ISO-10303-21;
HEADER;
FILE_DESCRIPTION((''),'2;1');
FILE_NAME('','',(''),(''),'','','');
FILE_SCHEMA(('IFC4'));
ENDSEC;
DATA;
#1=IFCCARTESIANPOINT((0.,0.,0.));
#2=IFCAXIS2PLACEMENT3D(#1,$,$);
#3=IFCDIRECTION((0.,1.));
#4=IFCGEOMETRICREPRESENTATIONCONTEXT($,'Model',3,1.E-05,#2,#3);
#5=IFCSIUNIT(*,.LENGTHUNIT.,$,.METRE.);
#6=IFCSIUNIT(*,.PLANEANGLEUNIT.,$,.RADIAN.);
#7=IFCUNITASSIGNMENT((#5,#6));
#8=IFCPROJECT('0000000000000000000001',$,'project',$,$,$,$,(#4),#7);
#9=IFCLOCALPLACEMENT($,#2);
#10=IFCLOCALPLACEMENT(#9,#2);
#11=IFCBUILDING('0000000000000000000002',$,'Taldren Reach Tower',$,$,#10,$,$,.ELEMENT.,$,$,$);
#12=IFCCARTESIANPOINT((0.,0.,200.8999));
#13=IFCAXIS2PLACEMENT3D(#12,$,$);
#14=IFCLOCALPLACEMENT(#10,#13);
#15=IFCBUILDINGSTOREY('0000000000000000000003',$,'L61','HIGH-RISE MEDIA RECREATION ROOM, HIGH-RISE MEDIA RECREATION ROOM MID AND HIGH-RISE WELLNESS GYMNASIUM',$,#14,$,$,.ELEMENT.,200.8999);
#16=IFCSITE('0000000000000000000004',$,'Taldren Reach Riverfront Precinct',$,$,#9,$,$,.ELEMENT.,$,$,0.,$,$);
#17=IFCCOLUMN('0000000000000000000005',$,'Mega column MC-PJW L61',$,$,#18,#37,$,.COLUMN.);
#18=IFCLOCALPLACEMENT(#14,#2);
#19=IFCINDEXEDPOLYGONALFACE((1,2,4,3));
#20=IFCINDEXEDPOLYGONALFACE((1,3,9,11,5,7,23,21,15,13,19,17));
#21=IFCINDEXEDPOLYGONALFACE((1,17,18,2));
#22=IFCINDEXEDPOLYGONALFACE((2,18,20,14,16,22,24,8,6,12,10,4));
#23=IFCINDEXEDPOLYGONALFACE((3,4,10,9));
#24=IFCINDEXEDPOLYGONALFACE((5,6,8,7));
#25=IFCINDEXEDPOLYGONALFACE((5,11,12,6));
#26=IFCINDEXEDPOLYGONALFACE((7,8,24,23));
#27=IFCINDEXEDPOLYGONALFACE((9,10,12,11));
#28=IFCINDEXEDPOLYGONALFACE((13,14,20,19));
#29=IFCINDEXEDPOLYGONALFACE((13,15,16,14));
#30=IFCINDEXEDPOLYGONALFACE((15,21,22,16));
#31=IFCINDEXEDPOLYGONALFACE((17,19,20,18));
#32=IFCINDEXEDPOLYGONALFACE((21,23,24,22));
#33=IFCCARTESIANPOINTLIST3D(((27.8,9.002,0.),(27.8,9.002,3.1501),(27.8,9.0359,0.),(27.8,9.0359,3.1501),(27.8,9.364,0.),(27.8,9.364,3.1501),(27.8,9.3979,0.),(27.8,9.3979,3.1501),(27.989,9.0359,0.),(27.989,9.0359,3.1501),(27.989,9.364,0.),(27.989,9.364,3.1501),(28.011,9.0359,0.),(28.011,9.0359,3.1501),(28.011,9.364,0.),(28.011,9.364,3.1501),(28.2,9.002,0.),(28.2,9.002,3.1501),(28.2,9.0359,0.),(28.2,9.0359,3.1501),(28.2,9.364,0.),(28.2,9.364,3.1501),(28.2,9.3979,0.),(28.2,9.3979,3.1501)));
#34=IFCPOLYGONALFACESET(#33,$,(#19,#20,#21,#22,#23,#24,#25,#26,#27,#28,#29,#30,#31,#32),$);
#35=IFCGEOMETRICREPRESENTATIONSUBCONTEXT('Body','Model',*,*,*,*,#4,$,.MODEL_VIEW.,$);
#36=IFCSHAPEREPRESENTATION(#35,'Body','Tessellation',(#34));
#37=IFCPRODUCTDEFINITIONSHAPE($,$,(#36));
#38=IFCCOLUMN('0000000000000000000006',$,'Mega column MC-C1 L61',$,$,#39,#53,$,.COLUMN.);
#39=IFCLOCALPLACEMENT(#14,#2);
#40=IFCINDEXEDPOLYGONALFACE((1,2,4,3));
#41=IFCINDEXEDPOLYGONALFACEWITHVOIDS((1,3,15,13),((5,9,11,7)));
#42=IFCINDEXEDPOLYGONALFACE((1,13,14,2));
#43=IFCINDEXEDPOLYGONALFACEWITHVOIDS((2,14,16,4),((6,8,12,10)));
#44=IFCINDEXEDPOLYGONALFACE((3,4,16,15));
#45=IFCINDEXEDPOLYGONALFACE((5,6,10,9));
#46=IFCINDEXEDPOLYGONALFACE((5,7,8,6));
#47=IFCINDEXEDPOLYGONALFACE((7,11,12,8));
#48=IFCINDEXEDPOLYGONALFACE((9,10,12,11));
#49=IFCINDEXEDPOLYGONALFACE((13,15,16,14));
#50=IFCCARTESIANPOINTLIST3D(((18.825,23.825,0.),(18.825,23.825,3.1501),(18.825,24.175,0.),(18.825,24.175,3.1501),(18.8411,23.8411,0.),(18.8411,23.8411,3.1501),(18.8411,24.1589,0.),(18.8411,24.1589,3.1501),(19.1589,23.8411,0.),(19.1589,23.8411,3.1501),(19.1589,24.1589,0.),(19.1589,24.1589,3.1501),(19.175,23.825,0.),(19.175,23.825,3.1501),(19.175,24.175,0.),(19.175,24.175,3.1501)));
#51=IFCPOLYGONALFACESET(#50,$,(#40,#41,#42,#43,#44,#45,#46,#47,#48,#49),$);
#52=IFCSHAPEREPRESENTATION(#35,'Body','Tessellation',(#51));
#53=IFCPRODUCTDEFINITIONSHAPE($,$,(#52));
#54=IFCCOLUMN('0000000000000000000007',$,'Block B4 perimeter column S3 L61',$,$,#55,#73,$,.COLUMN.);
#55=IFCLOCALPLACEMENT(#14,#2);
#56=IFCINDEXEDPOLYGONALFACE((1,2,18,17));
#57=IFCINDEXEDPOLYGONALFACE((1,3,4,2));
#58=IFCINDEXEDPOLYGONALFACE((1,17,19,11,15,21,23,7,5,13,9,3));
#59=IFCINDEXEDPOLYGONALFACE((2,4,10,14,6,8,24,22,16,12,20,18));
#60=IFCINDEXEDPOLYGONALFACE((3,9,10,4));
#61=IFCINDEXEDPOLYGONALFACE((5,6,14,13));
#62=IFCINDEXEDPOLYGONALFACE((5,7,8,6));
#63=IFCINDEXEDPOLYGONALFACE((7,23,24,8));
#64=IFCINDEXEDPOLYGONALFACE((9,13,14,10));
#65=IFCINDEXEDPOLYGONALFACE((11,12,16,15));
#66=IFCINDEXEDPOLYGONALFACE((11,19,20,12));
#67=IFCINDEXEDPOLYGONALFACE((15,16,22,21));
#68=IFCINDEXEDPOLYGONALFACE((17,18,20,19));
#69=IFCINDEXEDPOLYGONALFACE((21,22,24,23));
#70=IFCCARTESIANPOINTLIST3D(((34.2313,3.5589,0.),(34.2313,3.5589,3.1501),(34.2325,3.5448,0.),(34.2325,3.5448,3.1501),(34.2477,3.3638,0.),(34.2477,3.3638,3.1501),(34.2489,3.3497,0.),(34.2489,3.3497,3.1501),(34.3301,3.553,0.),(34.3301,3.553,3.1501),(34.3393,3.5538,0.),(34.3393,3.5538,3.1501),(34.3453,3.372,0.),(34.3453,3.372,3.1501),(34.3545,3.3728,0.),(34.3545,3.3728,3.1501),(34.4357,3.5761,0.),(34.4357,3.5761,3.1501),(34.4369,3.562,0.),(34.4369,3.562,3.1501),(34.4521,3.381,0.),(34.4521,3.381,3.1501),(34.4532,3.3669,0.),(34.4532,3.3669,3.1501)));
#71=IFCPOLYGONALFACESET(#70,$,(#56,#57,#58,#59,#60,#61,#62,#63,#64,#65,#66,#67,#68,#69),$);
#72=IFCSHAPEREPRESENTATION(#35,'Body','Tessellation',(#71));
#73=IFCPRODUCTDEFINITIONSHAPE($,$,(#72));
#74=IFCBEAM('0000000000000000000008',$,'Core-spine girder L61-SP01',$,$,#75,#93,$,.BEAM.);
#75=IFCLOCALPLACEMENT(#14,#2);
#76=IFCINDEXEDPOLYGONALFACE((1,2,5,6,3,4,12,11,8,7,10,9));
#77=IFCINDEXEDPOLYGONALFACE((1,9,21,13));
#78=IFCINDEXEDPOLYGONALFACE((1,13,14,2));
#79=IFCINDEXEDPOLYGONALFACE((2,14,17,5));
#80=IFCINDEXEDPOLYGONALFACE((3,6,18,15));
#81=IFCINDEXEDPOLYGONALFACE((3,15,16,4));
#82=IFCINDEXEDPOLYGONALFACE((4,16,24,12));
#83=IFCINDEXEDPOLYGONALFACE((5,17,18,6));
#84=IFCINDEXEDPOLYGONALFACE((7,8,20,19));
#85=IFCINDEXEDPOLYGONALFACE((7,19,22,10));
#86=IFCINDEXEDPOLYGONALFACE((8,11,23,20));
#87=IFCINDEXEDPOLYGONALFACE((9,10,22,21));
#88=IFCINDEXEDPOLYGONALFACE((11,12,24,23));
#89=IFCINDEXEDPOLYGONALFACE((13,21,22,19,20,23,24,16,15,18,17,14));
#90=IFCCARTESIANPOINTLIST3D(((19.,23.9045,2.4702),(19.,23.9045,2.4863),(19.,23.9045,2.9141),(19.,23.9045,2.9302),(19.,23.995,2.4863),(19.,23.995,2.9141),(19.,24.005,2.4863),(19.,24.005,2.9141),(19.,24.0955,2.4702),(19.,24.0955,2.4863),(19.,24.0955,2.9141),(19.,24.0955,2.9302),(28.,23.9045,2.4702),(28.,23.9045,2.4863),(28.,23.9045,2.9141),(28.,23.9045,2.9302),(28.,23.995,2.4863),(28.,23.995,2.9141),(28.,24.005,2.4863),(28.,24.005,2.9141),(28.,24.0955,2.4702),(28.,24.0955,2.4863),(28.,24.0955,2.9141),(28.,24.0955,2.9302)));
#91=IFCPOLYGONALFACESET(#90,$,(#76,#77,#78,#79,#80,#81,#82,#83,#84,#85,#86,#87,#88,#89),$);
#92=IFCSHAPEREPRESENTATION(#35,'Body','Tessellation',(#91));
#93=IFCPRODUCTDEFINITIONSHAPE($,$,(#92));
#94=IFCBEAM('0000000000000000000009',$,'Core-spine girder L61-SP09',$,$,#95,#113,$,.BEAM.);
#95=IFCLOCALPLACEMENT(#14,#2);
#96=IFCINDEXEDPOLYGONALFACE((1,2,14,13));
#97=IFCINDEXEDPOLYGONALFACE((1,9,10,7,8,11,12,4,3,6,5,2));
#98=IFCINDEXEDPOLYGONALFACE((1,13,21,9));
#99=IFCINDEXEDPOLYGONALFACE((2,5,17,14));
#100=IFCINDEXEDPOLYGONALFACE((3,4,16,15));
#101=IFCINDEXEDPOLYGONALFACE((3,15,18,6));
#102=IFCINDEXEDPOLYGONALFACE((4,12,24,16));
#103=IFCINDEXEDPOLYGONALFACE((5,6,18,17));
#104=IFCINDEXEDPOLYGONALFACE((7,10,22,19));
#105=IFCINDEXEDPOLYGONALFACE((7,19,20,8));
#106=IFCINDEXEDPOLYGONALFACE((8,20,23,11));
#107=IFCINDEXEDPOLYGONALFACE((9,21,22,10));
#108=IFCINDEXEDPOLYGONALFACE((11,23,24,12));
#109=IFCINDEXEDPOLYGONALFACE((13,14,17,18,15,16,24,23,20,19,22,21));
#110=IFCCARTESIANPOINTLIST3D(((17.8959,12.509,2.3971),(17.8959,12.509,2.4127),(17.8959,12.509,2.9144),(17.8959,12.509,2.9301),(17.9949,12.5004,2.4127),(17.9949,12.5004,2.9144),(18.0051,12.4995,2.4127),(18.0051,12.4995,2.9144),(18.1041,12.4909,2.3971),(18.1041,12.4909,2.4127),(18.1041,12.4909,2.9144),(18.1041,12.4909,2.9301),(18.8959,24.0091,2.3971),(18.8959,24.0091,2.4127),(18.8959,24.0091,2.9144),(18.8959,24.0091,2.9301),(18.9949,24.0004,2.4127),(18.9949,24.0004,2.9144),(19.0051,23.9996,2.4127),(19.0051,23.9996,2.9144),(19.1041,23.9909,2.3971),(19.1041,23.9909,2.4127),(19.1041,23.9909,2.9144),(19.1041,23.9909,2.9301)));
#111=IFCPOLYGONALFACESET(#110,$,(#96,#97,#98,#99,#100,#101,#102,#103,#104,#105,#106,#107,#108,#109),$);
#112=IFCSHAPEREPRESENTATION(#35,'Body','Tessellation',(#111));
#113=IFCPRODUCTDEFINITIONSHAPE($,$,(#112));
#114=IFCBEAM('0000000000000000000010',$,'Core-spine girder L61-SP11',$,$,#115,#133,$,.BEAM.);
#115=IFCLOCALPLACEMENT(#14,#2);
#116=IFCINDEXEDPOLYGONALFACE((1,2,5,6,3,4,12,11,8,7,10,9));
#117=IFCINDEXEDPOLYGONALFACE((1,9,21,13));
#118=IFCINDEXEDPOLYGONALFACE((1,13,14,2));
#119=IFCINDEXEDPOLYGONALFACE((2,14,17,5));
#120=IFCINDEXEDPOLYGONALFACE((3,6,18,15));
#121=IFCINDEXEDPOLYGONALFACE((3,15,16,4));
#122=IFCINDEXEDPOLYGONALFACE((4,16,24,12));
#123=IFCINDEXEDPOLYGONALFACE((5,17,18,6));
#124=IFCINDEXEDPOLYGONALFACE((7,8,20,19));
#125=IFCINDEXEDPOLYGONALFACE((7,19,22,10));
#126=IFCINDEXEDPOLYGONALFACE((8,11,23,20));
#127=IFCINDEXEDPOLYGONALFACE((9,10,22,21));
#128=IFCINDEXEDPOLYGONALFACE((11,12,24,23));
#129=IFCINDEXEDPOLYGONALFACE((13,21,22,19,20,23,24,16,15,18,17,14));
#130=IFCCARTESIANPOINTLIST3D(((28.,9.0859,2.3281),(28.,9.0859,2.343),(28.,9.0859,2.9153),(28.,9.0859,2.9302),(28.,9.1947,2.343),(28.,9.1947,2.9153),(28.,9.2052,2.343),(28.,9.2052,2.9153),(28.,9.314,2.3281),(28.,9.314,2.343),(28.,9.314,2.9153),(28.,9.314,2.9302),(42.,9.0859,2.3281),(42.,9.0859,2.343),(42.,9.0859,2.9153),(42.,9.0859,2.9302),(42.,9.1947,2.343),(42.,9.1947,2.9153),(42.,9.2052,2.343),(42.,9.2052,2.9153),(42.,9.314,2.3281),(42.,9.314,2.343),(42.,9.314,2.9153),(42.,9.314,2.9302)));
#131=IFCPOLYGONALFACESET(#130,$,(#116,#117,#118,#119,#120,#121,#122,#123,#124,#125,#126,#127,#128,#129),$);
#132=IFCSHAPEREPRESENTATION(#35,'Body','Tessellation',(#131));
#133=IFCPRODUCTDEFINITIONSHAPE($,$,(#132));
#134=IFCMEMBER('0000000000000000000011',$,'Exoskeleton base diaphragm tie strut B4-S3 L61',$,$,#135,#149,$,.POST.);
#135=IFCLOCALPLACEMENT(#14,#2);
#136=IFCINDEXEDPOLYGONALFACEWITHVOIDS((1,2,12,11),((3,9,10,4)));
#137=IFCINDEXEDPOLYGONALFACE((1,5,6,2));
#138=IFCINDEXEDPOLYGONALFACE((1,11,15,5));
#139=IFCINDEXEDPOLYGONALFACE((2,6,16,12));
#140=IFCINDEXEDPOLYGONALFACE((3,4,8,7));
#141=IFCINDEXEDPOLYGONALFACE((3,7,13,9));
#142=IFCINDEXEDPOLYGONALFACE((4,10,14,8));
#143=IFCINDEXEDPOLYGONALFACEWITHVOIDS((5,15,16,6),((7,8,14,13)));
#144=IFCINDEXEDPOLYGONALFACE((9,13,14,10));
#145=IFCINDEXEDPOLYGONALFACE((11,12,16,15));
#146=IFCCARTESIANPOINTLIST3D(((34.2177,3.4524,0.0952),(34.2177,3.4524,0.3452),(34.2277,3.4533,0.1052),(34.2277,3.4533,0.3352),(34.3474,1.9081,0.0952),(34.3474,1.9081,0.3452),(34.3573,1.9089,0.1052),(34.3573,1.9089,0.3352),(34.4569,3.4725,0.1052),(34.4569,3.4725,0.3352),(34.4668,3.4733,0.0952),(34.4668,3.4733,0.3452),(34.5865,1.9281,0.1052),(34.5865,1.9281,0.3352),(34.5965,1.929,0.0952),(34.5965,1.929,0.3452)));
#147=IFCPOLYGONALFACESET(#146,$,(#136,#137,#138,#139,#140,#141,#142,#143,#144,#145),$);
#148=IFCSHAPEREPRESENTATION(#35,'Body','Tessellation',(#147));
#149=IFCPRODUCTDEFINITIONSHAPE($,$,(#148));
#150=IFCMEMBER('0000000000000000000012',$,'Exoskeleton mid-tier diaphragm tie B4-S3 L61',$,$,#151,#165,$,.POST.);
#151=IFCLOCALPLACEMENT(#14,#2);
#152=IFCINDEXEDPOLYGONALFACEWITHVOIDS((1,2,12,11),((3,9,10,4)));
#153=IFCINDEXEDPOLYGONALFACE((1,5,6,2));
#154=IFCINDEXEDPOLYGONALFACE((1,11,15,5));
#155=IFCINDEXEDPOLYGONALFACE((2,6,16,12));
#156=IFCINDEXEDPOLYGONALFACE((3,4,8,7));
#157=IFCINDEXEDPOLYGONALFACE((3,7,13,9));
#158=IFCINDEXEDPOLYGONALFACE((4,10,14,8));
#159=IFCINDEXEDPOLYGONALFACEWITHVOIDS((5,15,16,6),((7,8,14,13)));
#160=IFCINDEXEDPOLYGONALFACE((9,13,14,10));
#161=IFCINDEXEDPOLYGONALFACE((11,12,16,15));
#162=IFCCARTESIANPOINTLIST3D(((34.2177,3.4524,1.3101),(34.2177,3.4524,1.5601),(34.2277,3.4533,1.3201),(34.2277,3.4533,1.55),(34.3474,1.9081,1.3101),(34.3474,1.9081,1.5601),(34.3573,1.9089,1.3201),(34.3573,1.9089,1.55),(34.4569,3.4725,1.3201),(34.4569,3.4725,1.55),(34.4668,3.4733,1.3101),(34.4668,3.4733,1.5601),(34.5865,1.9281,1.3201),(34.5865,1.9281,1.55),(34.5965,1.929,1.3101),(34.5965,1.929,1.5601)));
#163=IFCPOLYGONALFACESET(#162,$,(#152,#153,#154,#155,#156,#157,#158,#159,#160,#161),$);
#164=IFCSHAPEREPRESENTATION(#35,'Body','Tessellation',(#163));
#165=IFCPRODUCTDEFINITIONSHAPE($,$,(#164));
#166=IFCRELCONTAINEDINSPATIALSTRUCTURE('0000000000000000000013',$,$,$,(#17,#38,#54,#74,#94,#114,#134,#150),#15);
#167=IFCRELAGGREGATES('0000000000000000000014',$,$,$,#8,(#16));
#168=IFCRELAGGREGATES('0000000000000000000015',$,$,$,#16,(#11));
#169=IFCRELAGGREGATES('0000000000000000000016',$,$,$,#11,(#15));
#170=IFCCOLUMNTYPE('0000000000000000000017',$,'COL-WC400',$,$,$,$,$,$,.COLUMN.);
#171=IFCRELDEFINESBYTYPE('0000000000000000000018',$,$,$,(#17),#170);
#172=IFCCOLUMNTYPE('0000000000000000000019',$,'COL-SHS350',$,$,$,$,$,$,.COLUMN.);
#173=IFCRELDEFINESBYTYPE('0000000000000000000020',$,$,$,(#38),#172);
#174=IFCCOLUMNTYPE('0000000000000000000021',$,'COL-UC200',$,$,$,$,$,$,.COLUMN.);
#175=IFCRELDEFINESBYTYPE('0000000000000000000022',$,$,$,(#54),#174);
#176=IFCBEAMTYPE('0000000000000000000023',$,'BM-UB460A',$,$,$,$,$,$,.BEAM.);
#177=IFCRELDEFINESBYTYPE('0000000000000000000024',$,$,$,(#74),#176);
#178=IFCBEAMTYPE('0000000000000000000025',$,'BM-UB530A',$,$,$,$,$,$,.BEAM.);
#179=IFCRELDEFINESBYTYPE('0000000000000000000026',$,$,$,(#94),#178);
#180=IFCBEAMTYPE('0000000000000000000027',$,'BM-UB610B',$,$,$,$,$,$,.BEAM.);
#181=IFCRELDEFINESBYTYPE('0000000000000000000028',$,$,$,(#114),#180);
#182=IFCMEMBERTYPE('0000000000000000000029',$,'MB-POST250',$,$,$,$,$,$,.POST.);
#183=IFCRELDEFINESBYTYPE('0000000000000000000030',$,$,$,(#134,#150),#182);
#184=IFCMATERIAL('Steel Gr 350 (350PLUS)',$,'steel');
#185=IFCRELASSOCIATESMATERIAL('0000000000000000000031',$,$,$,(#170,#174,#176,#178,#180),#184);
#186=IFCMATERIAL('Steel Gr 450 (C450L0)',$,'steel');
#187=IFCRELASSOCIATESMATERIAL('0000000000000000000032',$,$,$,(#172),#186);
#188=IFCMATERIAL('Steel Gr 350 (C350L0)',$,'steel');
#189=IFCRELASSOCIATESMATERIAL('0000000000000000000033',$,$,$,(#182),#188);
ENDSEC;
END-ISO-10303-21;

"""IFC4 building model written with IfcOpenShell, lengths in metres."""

from ifc_helpers import new_model, si_unit, direction, frame, origin, origin_2d, place, context, subcontext, project, spatial, hollow_rectangle, i_section, extrude, source, transform, mapped, material, material_profile, profile_set, type_object, element, save


model = new_model("IFC4")

# Units and contexts
model_context = context("Model", 3, precision=1e-05, world=origin(), true_north=direction((0.0, 1.0)))
body_context = subcontext(model_context, "Body", "Model", "MODEL_VIEW")
ifc_project = project(units=[si_unit("LENGTHUNIT", "METRE"), si_unit("PLANEANGLEUNIT", "RADIAN")], contexts=[model_context])

# Site, building, storey
site_placement = place(None, origin())
site = spatial("IfcSite", under=ifc_project, at=site_placement, Name="Taldren Reach Riverfront Precinct", CompositionType="ELEMENT", RefElevation=0.0)
building_placement = place(site_placement, origin())
building = spatial("IfcBuilding", under=site, at=building_placement, Name="Taldren Reach Tower", CompositionType="ELEMENT")
storey_placement = place(building_placement, frame((0.0, 0.0, 200.8999)))
storey = spatial("IfcBuildingStorey", under=building, at=storey_placement, Name="L61", Description="HIGH-RISE MEDIA RECREATION ROOM, HIGH-RISE MEDIA RECREATION ROOM MID AND HIGH-RISE WELLNESS GYMNASIUM", CompositionType="ELEMENT", Elevation=200.8999)

# Columns
ifc_material_1 = material(Name="Steel Gr 350 (350PLUS)", Category="steel")
ifc_material_profile_1 = material_profile(ifc_material_1, i_section(OverallWidth=0.3999, OverallDepth=0.396, WebThickness=0.022, FlangeThickness=0.0339, at=origin_2d()), Name="400WC270")
ifc_profile_set_1 = profile_set([ifc_material_profile_1], Name="Steel Gr 350 (350PLUS)")
column_type_1 = type_object("IfcColumnType", Name="COL-WC400", PredefinedType="COLUMN", material=ifc_profile_set_1)
shared_shape_1 = source(origin(), body_context, "Body", "SweptSolid", [
    extrude(i_section(OverallWidth=0.3999, OverallDepth=0.396, WebThickness=0.022, FlangeThickness=0.0339, at=origin_2d()), origin(), (0.0, 0.0, 1.0), 3.1501),
])
column_1_placement = place(storey_placement, frame((28.0, 9.2, 0.0), z_axis=(0.0, 0.0, 1.0), x_axis=(1.0, 0.0, 0.0)))
element("IfcColumn", 1, at=column_1_placement, inside=storey, type_object=column_type_1, Name="Mega column MC-PJW L61", PredefinedType="COLUMN", context=body_context, shape_type="MappedRepresentation", body=[
    mapped(shared_shape_1, transform((0.0, 0.0, 0.0), scale=1.0)),
])
ifc_material_2 = material(Name="Steel Gr 450 (C450L0)", Category="steel")
ifc_material_profile_2 = material_profile(ifc_material_2, hollow_rectangle(XDim=0.3501, YDim=0.3501, WallThickness=0.0161, at=origin_2d()), Name="350x350x16.0SHS")
ifc_profile_set_2 = profile_set([ifc_material_profile_2], Name="Steel Gr 450 (C450L0)")
column_type_2 = type_object("IfcColumnType", Name="COL-SHS350", PredefinedType="COLUMN", material=ifc_profile_set_2)
shared_shape_2 = source(origin(), body_context, "Body", "SweptSolid", [
    extrude(hollow_rectangle(XDim=0.3501, YDim=0.3501, WallThickness=0.0161, at=origin_2d()), origin(), (0.0, 0.0, 1.0), 3.1501),
])
column_2_placement = place(storey_placement, frame((19.0, 24.0, 0.0), z_axis=(0.0, 0.0, 1.0), x_axis=(1.0, 0.0, 0.0)))
element("IfcColumn", 2, at=column_2_placement, inside=storey, type_object=column_type_2, Name="Mega column MC-C1 L61", PredefinedType="COLUMN", context=body_context, shape_type="MappedRepresentation", body=[
    mapped(shared_shape_2, transform((0.0, 0.0, 0.0), scale=1.0)),
])
ifc_material_profile_3 = material_profile(ifc_material_1, i_section(OverallWidth=0.2051, OverallDepth=0.21, WebThickness=0.0093, FlangeThickness=0.0142, at=origin_2d()), Name="200UC59.5")
ifc_profile_set_3 = profile_set([ifc_material_profile_3], Name="Steel Gr 350 (350PLUS)")
column_type_3 = type_object("IfcColumnType", Name="COL-UC200", PredefinedType="COLUMN", material=ifc_profile_set_3)
shared_shape_3 = source(origin(), body_context, "Body", "SweptSolid", [
    extrude(i_section(OverallWidth=0.2051, OverallDepth=0.21, WebThickness=0.0093, FlangeThickness=0.0142, at=origin_2d()), origin(), (0.0, 0.0, 1.0), 3.1501),
])
column_3_placement = place(storey_placement, frame((34.3423, 3.4629, 0.0), z_axis=(0.0, 0.0, 1.0), x_axis=(0.996493, 0.083678, 0.0)))
element("IfcColumn", 3, at=column_3_placement, inside=storey, type_object=column_type_3, Name="Block B4 perimeter column S3 L61", PredefinedType="COLUMN", context=body_context, shape_type="MappedRepresentation", body=[
    mapped(shared_shape_3, transform((0.0, 0.0, 0.0), scale=1.0)),
])

# Beams
ifc_material_profile_4 = material_profile(ifc_material_1, i_section(OverallWidth=0.1909, OverallDepth=0.46, WebThickness=0.01, FlangeThickness=0.0161, at=origin_2d()), Name="460UB82.1")
ifc_profile_set_4 = profile_set([ifc_material_profile_4], Name="Steel Gr 350 (350PLUS)")
beam_type_1 = type_object("IfcBeamType", Name="BM-UB460A", PredefinedType="BEAM", material=ifc_profile_set_4)
shared_shape_4 = source(origin(), body_context, "Body", "SweptSolid", [
    extrude(i_section(OverallWidth=0.1909, OverallDepth=0.46, WebThickness=0.01, FlangeThickness=0.0161, at=origin_2d()), origin(), (0.0, 0.0, 1.0), 9.0),
])
beam_1_placement = place(storey_placement, frame((19.0, 24.0, 2.7002), z_axis=(1.0, 0.0, 0.0), x_axis=(0.0, 1.0, 0.0)))
element("IfcBeam", 4, at=beam_1_placement, inside=storey, type_object=beam_type_1, Name="Core-spine girder L61-SP01", PredefinedType="BEAM", context=body_context, shape_type="MappedRepresentation", body=[
    mapped(shared_shape_4, transform((0.0, 0.0, 0.0), scale=1.0)),
])
ifc_material_profile_5 = material_profile(ifc_material_1, i_section(OverallWidth=0.209, OverallDepth=0.533, WebThickness=0.0103, FlangeThickness=0.0156, at=origin_2d()), Name="530UB92.4")
ifc_profile_set_5 = profile_set([ifc_material_profile_5], Name="Steel Gr 350 (350PLUS)")
beam_type_2 = type_object("IfcBeamType", Name="BM-UB530A", PredefinedType="BEAM", material=ifc_profile_set_5)
shared_shape_5 = source(origin(), body_context, "Body", "SweptSolid", [
    extrude(i_section(OverallWidth=0.209, OverallDepth=0.533, WebThickness=0.0103, FlangeThickness=0.0156, at=origin_2d()), origin(), (0.0, 0.0, 1.0), 11.5435),
])
beam_2_placement = place(storey_placement, frame((19.0, 24.0, 2.6636), z_axis=(-0.08663, -0.996241, 0.0), x_axis=(0.996241, -0.08663, 0.0)))
element("IfcBeam", 5, at=beam_2_placement, inside=storey, type_object=beam_type_2, Name="Core-spine girder L61-SP09", PredefinedType="BEAM", context=body_context, shape_type="MappedRepresentation", body=[
    mapped(shared_shape_5, transform((0.0, 0.0, 0.0), scale=1.0)),
])
ifc_material_profile_6 = material_profile(ifc_material_1, i_section(OverallWidth=0.228, OverallDepth=0.6021, WebThickness=0.0105, FlangeThickness=0.0149, at=origin_2d()), Name="610UB101")
ifc_profile_set_6 = profile_set([ifc_material_profile_6], Name="Steel Gr 350 (350PLUS)")
beam_type_3 = type_object("IfcBeamType", Name="BM-UB610B", PredefinedType="BEAM", material=ifc_profile_set_6)
shared_shape_6 = source(origin(), body_context, "Body", "SweptSolid", [
    extrude(i_section(OverallWidth=0.228, OverallDepth=0.6021, WebThickness=0.0105, FlangeThickness=0.0149, at=origin_2d()), origin(), (0.0, 0.0, 1.0), 14.0),
])
beam_3_placement = place(storey_placement, frame((28.0, 9.2, 2.6292), z_axis=(1.0, 0.0, 0.0), x_axis=(0.0, 1.0, 0.0)))
element("IfcBeam", 6, at=beam_3_placement, inside=storey, type_object=beam_type_3, Name="Core-spine girder L61-SP11", PredefinedType="BEAM", context=body_context, shape_type="MappedRepresentation", body=[
    mapped(shared_shape_6, transform((0.0, 0.0, 0.0), scale=1.0)),
])

# Members
ifc_material_3 = material(Name="Steel Gr 350 (C350L0)", Category="steel")
ifc_material_profile_7 = material_profile(ifc_material_3, hollow_rectangle(XDim=0.25, YDim=0.25, WallThickness=0.01, at=origin_2d()), Name="250x250x10.0SHS")
ifc_profile_set_7 = profile_set([ifc_material_profile_7], Name="Steel Gr 350 (C350L0)")
member_type_1 = type_object("IfcMemberType", Name="MB-POST250", PredefinedType="POST", material=ifc_profile_set_7)
shared_shape_7 = source(origin(), body_context, "Body", "SweptSolid", [
    extrude(hollow_rectangle(XDim=0.25, YDim=0.25, WallThickness=0.01, at=origin_2d()), origin(), (0.0, 0.0, 1.0), 1.5498),
])
for number, where, z_axis, x_axis, name in (
    (7, (34.3423, 3.4629, 0.2202), (0.083645, -0.996496, 0.0), (0.996496, 0.083645, 0.0), "Exoskeleton base diaphragm tie strut B4-S3 L61"),
    (8, (34.3423, 3.4629, 1.4351), (0.083645, -0.996496, 0.0), (0.996496, 0.083645, 0.0), "Exoskeleton mid-tier diaphragm tie B4-S3 L61"),
):
    element("IfcMember", number, at=place(storey_placement, frame(where, z_axis=z_axis, x_axis=x_axis)), inside=storey, type_object=member_type_1, Name=name, PredefinedType="POST", context=body_context, shape_type="MappedRepresentation", body=[
        mapped(shared_shape_7, transform((0.0, 0.0, 0.0), scale=1.0)),
    ])

save(model, "model.ifc")
